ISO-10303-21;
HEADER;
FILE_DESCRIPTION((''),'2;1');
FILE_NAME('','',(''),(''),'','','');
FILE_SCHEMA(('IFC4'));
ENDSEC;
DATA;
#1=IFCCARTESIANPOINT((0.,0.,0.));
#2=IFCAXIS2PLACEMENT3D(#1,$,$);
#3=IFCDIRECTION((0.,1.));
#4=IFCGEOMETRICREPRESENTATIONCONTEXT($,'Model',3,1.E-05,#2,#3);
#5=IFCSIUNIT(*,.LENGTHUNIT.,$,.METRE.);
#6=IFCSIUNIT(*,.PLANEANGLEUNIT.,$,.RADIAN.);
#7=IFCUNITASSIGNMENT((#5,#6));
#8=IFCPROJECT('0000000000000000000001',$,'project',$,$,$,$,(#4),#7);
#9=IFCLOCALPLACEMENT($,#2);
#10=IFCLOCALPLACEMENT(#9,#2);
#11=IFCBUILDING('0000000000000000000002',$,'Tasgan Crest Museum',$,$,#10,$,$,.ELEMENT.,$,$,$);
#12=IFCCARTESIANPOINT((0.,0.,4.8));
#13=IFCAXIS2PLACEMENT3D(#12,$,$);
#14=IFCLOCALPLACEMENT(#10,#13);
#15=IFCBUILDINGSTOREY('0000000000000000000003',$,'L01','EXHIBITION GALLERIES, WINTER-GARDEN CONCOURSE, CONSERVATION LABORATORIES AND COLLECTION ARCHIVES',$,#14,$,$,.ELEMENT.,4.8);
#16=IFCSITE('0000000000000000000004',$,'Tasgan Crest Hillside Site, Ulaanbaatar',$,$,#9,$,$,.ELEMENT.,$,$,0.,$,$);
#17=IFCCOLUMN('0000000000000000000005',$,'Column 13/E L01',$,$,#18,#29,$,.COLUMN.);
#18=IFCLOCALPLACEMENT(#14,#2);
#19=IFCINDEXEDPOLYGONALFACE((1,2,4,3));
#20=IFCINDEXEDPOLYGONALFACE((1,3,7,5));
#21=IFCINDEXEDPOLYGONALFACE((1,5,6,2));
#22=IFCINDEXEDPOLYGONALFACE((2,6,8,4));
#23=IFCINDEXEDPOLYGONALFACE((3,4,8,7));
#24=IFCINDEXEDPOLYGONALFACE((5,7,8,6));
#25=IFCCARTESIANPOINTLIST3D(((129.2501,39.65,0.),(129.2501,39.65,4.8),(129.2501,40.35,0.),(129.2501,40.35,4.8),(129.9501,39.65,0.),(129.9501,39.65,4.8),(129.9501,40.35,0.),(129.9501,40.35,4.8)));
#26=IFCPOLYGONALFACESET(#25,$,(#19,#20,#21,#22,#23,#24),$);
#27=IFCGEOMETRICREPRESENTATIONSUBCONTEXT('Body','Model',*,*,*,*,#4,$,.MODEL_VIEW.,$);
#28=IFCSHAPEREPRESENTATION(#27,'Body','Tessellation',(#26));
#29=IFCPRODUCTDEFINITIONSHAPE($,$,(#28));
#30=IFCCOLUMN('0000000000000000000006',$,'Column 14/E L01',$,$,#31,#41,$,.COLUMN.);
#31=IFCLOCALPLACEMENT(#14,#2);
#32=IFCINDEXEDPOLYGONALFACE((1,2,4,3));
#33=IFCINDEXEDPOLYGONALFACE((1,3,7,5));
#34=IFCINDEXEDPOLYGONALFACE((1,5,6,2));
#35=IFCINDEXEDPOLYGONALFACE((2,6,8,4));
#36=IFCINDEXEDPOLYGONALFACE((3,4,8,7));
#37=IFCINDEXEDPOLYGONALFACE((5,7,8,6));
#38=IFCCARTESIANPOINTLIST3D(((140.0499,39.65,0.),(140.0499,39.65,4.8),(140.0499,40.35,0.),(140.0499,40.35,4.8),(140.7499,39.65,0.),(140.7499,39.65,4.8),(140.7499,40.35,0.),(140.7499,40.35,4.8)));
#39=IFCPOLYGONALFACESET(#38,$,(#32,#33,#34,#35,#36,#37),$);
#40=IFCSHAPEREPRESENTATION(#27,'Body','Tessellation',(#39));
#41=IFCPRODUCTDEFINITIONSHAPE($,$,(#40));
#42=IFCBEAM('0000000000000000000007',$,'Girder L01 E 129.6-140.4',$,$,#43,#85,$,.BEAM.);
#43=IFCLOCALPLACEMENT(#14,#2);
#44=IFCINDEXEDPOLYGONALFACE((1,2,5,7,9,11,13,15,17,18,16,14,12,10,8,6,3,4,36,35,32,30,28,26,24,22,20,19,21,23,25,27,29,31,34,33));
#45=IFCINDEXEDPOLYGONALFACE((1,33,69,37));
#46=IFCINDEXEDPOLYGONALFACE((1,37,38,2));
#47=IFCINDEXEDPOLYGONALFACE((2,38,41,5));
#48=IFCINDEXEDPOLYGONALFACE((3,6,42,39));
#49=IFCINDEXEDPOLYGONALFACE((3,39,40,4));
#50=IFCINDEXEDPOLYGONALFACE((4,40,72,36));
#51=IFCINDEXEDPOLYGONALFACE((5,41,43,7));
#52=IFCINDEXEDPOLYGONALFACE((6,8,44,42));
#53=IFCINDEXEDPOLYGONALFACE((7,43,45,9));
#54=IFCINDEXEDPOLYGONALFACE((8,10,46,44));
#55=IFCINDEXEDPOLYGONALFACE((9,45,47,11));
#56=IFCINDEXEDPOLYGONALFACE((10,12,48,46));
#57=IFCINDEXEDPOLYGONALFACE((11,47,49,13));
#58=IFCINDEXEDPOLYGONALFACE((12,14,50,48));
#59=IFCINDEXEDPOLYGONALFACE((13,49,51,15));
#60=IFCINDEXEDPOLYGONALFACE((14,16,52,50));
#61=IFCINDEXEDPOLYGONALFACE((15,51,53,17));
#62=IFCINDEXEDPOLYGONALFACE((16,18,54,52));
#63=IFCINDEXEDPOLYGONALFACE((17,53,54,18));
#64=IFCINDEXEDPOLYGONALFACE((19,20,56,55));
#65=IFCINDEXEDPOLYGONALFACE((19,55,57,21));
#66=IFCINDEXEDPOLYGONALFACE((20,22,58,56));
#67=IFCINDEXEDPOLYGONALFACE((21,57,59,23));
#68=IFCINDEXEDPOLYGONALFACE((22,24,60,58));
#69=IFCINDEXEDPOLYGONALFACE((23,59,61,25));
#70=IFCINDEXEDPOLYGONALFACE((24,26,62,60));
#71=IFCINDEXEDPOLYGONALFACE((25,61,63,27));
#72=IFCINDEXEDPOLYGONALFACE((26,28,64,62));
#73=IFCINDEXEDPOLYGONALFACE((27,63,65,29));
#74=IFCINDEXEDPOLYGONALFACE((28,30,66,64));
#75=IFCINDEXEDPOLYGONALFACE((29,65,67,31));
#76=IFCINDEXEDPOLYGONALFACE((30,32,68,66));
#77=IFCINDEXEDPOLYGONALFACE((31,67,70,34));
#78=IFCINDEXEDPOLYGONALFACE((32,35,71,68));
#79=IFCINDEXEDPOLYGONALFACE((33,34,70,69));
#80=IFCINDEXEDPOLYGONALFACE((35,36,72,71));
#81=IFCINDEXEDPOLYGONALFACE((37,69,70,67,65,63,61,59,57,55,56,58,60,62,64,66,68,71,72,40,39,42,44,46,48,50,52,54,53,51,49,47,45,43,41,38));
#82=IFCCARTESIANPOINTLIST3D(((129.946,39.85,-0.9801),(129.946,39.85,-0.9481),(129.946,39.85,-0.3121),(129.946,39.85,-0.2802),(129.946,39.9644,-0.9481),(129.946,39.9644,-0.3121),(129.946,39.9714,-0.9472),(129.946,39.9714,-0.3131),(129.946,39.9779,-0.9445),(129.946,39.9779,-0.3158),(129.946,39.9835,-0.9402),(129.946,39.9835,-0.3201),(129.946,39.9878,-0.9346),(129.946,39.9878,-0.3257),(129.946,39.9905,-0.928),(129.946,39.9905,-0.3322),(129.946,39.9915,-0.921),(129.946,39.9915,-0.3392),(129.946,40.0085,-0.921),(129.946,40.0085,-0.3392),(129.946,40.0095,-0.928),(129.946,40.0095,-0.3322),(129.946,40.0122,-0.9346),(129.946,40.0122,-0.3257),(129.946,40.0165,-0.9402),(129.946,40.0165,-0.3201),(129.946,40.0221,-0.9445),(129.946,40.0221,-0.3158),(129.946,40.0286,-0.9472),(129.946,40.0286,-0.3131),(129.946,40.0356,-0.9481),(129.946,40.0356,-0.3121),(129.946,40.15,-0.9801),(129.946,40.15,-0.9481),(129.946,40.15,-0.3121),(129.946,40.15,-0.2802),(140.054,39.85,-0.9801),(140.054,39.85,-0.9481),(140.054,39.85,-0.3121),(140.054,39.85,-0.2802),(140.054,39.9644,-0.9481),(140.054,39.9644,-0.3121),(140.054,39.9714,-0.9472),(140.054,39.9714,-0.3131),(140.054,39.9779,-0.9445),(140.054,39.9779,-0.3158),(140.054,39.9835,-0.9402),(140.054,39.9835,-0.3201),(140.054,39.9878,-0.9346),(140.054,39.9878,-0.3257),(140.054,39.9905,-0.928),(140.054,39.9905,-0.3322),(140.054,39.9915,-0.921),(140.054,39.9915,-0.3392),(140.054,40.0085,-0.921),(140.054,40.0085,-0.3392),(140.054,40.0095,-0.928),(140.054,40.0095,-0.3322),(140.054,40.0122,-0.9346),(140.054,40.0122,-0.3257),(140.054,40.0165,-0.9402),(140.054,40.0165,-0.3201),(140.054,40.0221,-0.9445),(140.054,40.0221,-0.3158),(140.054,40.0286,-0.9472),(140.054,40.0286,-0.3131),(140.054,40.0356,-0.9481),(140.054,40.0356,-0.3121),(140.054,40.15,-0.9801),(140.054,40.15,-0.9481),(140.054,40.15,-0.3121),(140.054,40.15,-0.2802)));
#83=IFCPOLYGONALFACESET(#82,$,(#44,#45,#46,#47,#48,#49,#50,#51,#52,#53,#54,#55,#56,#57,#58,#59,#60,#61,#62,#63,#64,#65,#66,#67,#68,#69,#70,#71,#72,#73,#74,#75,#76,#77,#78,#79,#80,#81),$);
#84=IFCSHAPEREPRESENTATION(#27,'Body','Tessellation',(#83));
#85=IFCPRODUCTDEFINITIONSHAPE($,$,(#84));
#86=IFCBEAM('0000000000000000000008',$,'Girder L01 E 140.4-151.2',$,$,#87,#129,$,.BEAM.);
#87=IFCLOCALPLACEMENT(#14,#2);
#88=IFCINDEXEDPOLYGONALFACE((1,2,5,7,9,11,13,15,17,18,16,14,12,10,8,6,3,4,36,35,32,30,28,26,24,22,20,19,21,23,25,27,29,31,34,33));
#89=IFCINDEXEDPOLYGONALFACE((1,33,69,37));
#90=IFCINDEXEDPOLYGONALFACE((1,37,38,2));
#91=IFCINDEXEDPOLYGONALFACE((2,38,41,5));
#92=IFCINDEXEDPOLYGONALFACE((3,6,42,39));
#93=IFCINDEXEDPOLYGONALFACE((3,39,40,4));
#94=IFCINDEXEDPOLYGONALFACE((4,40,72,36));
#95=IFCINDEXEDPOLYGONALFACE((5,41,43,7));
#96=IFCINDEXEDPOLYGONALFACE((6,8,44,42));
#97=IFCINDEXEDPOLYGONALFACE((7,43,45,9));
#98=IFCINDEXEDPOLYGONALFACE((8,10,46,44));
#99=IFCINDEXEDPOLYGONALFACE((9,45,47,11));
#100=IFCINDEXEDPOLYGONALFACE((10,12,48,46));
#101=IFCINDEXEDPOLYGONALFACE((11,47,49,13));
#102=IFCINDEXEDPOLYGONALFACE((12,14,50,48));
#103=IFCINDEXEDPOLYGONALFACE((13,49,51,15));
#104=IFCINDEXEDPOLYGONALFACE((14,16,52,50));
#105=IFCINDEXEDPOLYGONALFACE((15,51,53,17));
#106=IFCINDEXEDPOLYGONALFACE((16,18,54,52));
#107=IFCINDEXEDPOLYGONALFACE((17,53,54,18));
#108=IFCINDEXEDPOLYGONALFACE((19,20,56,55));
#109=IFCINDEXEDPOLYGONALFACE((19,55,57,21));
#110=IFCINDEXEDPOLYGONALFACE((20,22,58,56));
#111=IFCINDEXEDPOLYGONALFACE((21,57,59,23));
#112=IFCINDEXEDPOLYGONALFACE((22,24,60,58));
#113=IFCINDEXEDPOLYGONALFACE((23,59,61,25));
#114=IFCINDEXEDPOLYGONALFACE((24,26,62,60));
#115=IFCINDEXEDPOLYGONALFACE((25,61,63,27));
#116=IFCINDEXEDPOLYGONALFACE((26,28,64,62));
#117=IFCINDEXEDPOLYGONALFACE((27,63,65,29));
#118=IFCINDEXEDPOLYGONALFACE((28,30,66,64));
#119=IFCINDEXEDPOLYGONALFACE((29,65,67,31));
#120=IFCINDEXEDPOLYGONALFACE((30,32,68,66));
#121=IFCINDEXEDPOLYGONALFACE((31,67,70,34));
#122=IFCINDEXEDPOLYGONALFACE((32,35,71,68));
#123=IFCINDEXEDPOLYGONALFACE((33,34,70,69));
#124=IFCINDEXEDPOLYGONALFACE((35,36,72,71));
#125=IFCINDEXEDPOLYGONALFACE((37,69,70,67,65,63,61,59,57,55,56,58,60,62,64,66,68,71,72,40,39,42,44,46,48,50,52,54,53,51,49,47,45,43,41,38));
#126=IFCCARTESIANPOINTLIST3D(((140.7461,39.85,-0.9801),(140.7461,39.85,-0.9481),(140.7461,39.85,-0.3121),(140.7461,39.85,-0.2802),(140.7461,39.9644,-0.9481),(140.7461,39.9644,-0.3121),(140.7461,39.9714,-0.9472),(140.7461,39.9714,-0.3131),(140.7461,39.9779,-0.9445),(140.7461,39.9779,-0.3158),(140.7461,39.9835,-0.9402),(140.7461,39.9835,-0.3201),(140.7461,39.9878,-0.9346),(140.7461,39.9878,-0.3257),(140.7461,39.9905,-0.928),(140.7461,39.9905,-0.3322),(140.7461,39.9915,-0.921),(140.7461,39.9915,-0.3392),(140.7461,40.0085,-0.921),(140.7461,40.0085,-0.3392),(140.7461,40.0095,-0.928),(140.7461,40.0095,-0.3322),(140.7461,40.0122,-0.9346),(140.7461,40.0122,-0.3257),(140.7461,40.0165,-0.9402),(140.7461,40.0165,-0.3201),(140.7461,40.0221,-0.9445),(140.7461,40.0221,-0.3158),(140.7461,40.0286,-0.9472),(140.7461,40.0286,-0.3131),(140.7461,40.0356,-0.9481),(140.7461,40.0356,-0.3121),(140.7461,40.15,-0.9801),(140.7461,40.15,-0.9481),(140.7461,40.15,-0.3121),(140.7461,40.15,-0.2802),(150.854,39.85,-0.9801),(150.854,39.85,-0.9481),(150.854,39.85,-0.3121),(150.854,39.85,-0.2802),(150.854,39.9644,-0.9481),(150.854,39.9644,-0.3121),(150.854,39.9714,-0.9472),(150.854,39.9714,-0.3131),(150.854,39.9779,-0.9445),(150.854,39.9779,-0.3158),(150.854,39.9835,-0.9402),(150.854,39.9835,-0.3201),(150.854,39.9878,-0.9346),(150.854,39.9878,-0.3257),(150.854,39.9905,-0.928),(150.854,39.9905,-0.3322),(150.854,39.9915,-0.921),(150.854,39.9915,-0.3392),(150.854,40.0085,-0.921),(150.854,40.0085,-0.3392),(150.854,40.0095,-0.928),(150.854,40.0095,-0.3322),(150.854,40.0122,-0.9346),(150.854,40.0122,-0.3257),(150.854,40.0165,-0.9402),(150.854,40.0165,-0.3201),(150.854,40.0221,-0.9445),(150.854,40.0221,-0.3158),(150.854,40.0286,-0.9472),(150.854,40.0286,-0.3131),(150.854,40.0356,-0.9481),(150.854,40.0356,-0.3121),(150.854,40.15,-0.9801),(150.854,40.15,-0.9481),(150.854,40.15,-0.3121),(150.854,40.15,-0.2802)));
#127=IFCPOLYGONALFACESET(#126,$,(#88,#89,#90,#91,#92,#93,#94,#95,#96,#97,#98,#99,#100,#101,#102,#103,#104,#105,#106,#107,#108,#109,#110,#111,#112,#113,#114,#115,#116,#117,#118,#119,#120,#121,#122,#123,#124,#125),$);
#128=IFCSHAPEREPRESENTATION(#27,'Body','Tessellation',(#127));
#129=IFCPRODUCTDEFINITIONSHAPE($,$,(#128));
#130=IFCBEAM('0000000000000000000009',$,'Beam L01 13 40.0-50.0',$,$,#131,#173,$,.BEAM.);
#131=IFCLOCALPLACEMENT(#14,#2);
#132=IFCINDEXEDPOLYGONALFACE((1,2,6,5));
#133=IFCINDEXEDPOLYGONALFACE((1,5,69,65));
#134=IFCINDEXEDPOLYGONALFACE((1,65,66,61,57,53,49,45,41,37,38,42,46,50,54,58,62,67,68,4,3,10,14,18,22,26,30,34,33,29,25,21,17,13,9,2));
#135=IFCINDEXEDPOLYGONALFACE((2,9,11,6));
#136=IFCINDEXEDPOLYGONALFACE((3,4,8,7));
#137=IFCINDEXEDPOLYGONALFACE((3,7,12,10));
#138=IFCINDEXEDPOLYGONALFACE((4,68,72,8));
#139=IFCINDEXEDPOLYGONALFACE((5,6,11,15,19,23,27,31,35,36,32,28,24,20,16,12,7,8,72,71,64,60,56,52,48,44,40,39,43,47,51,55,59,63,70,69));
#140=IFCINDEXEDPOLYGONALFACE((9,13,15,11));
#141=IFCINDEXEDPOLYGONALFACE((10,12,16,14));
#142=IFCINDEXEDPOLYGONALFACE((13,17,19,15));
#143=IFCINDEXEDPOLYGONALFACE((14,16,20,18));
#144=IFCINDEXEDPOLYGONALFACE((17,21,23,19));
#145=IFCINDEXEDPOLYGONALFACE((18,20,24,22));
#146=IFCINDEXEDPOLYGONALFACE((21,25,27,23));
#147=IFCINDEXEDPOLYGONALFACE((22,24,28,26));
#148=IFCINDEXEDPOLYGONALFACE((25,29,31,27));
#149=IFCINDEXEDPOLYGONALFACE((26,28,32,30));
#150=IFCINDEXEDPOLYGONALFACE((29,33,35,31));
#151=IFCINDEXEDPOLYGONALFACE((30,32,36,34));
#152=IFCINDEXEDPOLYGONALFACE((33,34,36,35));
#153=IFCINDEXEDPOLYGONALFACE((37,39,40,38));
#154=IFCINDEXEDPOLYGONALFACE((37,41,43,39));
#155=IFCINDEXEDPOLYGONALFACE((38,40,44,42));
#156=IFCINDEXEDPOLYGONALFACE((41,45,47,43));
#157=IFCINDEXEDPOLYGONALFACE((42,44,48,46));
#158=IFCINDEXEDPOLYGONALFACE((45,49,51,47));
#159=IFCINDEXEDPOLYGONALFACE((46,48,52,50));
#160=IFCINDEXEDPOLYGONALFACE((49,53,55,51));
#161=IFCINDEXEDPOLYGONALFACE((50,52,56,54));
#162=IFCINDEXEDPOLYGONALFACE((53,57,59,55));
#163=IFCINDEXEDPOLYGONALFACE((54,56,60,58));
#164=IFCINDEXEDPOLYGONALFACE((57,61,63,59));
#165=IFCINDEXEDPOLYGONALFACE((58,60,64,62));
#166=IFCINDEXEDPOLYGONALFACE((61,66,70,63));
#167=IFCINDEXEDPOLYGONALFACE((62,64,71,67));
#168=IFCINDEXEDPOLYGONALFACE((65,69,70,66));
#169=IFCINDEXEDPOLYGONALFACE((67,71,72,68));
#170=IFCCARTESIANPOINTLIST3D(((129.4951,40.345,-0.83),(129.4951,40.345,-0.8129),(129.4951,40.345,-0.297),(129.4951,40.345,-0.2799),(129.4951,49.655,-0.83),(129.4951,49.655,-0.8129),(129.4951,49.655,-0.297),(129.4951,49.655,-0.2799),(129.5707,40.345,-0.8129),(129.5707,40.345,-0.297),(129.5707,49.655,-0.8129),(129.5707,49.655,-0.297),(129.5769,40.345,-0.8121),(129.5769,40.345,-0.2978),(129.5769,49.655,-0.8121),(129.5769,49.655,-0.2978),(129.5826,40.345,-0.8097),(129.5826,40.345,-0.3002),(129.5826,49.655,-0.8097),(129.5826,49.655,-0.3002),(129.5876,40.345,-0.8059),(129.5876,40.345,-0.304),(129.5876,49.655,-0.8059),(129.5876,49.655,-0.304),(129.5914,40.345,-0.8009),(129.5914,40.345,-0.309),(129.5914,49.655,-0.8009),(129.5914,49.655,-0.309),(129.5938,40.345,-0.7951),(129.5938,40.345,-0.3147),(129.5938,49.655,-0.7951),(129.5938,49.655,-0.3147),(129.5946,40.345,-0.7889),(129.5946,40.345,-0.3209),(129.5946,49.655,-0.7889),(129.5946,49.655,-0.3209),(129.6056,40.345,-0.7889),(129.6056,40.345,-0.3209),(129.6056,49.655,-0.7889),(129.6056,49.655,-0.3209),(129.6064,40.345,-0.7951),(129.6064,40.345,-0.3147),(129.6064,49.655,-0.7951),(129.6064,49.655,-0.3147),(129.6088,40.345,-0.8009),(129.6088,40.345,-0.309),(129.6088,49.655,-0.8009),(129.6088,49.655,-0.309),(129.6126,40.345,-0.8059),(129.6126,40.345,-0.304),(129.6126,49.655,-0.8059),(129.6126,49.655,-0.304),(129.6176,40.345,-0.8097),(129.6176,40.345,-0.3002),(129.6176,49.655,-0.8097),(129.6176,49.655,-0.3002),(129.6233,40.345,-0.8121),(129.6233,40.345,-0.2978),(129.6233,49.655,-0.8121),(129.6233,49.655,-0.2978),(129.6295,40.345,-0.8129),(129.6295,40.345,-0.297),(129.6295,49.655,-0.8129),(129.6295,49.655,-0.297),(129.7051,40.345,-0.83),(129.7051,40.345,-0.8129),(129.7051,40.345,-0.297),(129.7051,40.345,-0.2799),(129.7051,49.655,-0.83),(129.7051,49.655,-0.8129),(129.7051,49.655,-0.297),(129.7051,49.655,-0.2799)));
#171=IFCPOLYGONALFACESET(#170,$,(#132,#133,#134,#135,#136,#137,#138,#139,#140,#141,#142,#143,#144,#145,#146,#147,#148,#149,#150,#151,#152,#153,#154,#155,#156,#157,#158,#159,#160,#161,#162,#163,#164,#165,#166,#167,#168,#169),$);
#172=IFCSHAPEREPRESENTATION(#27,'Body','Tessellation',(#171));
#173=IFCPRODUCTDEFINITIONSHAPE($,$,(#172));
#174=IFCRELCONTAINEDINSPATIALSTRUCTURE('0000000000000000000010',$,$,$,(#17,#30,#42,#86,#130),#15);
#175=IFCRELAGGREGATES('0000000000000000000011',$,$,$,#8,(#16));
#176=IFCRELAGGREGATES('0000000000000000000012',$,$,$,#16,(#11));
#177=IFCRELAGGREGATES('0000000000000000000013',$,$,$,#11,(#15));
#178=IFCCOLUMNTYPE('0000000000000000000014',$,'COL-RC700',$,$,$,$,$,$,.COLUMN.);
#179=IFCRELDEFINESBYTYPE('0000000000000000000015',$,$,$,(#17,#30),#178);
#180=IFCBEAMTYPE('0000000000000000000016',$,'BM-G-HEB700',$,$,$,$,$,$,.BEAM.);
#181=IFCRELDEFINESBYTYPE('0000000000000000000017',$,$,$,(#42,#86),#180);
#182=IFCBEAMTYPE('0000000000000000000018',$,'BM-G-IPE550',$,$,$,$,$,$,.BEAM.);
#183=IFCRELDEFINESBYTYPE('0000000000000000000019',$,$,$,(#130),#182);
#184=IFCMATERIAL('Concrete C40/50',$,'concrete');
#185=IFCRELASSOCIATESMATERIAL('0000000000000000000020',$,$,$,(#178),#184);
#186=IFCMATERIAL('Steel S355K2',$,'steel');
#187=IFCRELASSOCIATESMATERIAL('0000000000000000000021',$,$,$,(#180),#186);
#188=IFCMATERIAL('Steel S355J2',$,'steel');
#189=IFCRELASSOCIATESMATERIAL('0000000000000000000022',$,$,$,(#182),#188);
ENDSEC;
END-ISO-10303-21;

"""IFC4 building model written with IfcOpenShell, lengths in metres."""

from ifc_helpers import new_model, si_unit, direction, frame, origin, origin_2d, place, context, subcontext, project, spatial, rectangle, i_section, extrude, material, material_profile, profile_set, type_object, element, save


model = new_model("IFC4")

# Units and contexts
model_context = context("Model", 3, precision=1e-05, world=origin(), true_north=direction((0.0, 1.0)))
body_context = subcontext(model_context, "Body", "Model", "MODEL_VIEW")
ifc_project = project(units=[si_unit("LENGTHUNIT", "METRE"), si_unit("PLANEANGLEUNIT", "RADIAN")], contexts=[model_context])

# Site, building, storey
site_placement = place(None, origin())
site = spatial("IfcSite", under=ifc_project, at=site_placement, Name="Tasgan Crest Hillside Site, Ulaanbaatar", CompositionType="ELEMENT", RefElevation=0.0)
building_placement = place(site_placement, origin())
building = spatial("IfcBuilding", under=site, at=building_placement, Name="Tasgan Crest Museum", CompositionType="ELEMENT")
storey_placement = place(building_placement, frame((0.0, 0.0, 4.8)))
storey = spatial("IfcBuildingStorey", under=building, at=storey_placement, Name="L01", Description="EXHIBITION GALLERIES, WINTER-GARDEN CONCOURSE, CONSERVATION LABORATORIES AND COLLECTION ARCHIVES", CompositionType="ELEMENT", Elevation=4.8)

# Columns
ifc_material_1 = material(Name="Concrete C40/50", Category="concrete")
ifc_material_profile_1 = material_profile(ifc_material_1, rectangle(XDim=0.7, YDim=0.7, at=origin_2d()), Name="RC 700x700")
ifc_profile_set_1 = profile_set([ifc_material_profile_1], Name="Concrete C40/50")
column_type = type_object("IfcColumnType", Name="COL-RC700", PredefinedType="COLUMN", material=ifc_profile_set_1)
for number, where, z_axis, x_axis, name in (
    (1, (129.6001, 40.0, 0.0), (0.0, 0.0, 1.0), (1.0, 0.0, 0.0), "Column 13/E L01"),
    (2, (140.3999, 40.0, 0.0), (0.0, 0.0, 1.0), (1.0, 0.0, 0.0), "Column 14/E L01"),
):
    element("IfcColumn", number, at=place(storey_placement, frame(where, z_axis=z_axis, x_axis=x_axis)), inside=storey, type_object=column_type, Name=name, PredefinedType="COLUMN", context=body_context, shape_type="SweptSolid", body=[
        extrude(rectangle(XDim=0.7, YDim=0.7, at=origin_2d()), origin(), (0.0, 0.0, 1.0), 4.8),
    ])

# Beams
ifc_material_2 = material(Name="Steel S355K2", Category="steel")
ifc_material_profile_2 = material_profile(ifc_material_2, i_section(OverallWidth=0.3, OverallDepth=0.7, WebThickness=0.0171, FlangeThickness=0.032, FilletRadius=0.0271, at=origin_2d()), Name="HEB 700")
ifc_profile_set_2 = profile_set([ifc_material_profile_2], Name="Steel S355K2")
beam_type_1 = type_object("IfcBeamType", Name="BM-G-HEB700", PredefinedType="BEAM", material=ifc_profile_set_2)
for number, where, z_axis, x_axis, name in (
    (3, (129.946, 40.0, -0.6301), (1.0, 0.0, 0.0), (0.0, 1.0, 0.0), "Girder L01 E 129.6-140.4"),
    (4, (140.7461, 40.0, -0.6301), (1.0, 0.0, 0.0), (0.0, 1.0, 0.0), "Girder L01 E 140.4-151.2"),
):
    element("IfcBeam", number, at=place(storey_placement, frame(where, z_axis=z_axis, x_axis=x_axis)), inside=storey, type_object=beam_type_1, Name=name, PredefinedType="BEAM", context=body_context, shape_type="SweptSolid", body=[
        extrude(i_section(OverallWidth=0.3, OverallDepth=0.7, WebThickness=0.0171, FlangeThickness=0.032, FilletRadius=0.0271, at=origin_2d()), origin(), (0.0, 0.0, 1.0), 10.1079),
    ])
ifc_material_3 = material(Name="Steel S355J2", Category="steel")
ifc_material_profile_3 = material_profile(ifc_material_3, i_section(OverallWidth=0.21, OverallDepth=0.55, WebThickness=0.011, FlangeThickness=0.0171, FilletRadius=0.0239, at=origin_2d()), Name="IPE 550")
ifc_profile_set_3 = profile_set([ifc_material_profile_3], Name="Steel S355J2")
beam_type_2 = type_object("IfcBeamType", Name="BM-G-IPE550", PredefinedType="BEAM", material=ifc_profile_set_3)
for number, where, z_axis, x_axis, name in (
    (5, (129.6001, 40.345, -0.5549), (0.0, 1.0, 0.0), (-1.0, 0.0, 0.0), "Beam L01 13 40.0-50.0"),
):
    element("IfcBeam", number, at=place(storey_placement, frame(where, z_axis=z_axis, x_axis=x_axis)), inside=storey, type_object=beam_type_2, Name=name, PredefinedType="BEAM", context=body_context, shape_type="SweptSolid", body=[
        extrude(i_section(OverallWidth=0.21, OverallDepth=0.55, WebThickness=0.011, FlangeThickness=0.0171, FilletRadius=0.0239, at=origin_2d()), origin(), (0.0, 0.0, 1.0), 9.3101),
    ])

save(model, "model.ifc")
